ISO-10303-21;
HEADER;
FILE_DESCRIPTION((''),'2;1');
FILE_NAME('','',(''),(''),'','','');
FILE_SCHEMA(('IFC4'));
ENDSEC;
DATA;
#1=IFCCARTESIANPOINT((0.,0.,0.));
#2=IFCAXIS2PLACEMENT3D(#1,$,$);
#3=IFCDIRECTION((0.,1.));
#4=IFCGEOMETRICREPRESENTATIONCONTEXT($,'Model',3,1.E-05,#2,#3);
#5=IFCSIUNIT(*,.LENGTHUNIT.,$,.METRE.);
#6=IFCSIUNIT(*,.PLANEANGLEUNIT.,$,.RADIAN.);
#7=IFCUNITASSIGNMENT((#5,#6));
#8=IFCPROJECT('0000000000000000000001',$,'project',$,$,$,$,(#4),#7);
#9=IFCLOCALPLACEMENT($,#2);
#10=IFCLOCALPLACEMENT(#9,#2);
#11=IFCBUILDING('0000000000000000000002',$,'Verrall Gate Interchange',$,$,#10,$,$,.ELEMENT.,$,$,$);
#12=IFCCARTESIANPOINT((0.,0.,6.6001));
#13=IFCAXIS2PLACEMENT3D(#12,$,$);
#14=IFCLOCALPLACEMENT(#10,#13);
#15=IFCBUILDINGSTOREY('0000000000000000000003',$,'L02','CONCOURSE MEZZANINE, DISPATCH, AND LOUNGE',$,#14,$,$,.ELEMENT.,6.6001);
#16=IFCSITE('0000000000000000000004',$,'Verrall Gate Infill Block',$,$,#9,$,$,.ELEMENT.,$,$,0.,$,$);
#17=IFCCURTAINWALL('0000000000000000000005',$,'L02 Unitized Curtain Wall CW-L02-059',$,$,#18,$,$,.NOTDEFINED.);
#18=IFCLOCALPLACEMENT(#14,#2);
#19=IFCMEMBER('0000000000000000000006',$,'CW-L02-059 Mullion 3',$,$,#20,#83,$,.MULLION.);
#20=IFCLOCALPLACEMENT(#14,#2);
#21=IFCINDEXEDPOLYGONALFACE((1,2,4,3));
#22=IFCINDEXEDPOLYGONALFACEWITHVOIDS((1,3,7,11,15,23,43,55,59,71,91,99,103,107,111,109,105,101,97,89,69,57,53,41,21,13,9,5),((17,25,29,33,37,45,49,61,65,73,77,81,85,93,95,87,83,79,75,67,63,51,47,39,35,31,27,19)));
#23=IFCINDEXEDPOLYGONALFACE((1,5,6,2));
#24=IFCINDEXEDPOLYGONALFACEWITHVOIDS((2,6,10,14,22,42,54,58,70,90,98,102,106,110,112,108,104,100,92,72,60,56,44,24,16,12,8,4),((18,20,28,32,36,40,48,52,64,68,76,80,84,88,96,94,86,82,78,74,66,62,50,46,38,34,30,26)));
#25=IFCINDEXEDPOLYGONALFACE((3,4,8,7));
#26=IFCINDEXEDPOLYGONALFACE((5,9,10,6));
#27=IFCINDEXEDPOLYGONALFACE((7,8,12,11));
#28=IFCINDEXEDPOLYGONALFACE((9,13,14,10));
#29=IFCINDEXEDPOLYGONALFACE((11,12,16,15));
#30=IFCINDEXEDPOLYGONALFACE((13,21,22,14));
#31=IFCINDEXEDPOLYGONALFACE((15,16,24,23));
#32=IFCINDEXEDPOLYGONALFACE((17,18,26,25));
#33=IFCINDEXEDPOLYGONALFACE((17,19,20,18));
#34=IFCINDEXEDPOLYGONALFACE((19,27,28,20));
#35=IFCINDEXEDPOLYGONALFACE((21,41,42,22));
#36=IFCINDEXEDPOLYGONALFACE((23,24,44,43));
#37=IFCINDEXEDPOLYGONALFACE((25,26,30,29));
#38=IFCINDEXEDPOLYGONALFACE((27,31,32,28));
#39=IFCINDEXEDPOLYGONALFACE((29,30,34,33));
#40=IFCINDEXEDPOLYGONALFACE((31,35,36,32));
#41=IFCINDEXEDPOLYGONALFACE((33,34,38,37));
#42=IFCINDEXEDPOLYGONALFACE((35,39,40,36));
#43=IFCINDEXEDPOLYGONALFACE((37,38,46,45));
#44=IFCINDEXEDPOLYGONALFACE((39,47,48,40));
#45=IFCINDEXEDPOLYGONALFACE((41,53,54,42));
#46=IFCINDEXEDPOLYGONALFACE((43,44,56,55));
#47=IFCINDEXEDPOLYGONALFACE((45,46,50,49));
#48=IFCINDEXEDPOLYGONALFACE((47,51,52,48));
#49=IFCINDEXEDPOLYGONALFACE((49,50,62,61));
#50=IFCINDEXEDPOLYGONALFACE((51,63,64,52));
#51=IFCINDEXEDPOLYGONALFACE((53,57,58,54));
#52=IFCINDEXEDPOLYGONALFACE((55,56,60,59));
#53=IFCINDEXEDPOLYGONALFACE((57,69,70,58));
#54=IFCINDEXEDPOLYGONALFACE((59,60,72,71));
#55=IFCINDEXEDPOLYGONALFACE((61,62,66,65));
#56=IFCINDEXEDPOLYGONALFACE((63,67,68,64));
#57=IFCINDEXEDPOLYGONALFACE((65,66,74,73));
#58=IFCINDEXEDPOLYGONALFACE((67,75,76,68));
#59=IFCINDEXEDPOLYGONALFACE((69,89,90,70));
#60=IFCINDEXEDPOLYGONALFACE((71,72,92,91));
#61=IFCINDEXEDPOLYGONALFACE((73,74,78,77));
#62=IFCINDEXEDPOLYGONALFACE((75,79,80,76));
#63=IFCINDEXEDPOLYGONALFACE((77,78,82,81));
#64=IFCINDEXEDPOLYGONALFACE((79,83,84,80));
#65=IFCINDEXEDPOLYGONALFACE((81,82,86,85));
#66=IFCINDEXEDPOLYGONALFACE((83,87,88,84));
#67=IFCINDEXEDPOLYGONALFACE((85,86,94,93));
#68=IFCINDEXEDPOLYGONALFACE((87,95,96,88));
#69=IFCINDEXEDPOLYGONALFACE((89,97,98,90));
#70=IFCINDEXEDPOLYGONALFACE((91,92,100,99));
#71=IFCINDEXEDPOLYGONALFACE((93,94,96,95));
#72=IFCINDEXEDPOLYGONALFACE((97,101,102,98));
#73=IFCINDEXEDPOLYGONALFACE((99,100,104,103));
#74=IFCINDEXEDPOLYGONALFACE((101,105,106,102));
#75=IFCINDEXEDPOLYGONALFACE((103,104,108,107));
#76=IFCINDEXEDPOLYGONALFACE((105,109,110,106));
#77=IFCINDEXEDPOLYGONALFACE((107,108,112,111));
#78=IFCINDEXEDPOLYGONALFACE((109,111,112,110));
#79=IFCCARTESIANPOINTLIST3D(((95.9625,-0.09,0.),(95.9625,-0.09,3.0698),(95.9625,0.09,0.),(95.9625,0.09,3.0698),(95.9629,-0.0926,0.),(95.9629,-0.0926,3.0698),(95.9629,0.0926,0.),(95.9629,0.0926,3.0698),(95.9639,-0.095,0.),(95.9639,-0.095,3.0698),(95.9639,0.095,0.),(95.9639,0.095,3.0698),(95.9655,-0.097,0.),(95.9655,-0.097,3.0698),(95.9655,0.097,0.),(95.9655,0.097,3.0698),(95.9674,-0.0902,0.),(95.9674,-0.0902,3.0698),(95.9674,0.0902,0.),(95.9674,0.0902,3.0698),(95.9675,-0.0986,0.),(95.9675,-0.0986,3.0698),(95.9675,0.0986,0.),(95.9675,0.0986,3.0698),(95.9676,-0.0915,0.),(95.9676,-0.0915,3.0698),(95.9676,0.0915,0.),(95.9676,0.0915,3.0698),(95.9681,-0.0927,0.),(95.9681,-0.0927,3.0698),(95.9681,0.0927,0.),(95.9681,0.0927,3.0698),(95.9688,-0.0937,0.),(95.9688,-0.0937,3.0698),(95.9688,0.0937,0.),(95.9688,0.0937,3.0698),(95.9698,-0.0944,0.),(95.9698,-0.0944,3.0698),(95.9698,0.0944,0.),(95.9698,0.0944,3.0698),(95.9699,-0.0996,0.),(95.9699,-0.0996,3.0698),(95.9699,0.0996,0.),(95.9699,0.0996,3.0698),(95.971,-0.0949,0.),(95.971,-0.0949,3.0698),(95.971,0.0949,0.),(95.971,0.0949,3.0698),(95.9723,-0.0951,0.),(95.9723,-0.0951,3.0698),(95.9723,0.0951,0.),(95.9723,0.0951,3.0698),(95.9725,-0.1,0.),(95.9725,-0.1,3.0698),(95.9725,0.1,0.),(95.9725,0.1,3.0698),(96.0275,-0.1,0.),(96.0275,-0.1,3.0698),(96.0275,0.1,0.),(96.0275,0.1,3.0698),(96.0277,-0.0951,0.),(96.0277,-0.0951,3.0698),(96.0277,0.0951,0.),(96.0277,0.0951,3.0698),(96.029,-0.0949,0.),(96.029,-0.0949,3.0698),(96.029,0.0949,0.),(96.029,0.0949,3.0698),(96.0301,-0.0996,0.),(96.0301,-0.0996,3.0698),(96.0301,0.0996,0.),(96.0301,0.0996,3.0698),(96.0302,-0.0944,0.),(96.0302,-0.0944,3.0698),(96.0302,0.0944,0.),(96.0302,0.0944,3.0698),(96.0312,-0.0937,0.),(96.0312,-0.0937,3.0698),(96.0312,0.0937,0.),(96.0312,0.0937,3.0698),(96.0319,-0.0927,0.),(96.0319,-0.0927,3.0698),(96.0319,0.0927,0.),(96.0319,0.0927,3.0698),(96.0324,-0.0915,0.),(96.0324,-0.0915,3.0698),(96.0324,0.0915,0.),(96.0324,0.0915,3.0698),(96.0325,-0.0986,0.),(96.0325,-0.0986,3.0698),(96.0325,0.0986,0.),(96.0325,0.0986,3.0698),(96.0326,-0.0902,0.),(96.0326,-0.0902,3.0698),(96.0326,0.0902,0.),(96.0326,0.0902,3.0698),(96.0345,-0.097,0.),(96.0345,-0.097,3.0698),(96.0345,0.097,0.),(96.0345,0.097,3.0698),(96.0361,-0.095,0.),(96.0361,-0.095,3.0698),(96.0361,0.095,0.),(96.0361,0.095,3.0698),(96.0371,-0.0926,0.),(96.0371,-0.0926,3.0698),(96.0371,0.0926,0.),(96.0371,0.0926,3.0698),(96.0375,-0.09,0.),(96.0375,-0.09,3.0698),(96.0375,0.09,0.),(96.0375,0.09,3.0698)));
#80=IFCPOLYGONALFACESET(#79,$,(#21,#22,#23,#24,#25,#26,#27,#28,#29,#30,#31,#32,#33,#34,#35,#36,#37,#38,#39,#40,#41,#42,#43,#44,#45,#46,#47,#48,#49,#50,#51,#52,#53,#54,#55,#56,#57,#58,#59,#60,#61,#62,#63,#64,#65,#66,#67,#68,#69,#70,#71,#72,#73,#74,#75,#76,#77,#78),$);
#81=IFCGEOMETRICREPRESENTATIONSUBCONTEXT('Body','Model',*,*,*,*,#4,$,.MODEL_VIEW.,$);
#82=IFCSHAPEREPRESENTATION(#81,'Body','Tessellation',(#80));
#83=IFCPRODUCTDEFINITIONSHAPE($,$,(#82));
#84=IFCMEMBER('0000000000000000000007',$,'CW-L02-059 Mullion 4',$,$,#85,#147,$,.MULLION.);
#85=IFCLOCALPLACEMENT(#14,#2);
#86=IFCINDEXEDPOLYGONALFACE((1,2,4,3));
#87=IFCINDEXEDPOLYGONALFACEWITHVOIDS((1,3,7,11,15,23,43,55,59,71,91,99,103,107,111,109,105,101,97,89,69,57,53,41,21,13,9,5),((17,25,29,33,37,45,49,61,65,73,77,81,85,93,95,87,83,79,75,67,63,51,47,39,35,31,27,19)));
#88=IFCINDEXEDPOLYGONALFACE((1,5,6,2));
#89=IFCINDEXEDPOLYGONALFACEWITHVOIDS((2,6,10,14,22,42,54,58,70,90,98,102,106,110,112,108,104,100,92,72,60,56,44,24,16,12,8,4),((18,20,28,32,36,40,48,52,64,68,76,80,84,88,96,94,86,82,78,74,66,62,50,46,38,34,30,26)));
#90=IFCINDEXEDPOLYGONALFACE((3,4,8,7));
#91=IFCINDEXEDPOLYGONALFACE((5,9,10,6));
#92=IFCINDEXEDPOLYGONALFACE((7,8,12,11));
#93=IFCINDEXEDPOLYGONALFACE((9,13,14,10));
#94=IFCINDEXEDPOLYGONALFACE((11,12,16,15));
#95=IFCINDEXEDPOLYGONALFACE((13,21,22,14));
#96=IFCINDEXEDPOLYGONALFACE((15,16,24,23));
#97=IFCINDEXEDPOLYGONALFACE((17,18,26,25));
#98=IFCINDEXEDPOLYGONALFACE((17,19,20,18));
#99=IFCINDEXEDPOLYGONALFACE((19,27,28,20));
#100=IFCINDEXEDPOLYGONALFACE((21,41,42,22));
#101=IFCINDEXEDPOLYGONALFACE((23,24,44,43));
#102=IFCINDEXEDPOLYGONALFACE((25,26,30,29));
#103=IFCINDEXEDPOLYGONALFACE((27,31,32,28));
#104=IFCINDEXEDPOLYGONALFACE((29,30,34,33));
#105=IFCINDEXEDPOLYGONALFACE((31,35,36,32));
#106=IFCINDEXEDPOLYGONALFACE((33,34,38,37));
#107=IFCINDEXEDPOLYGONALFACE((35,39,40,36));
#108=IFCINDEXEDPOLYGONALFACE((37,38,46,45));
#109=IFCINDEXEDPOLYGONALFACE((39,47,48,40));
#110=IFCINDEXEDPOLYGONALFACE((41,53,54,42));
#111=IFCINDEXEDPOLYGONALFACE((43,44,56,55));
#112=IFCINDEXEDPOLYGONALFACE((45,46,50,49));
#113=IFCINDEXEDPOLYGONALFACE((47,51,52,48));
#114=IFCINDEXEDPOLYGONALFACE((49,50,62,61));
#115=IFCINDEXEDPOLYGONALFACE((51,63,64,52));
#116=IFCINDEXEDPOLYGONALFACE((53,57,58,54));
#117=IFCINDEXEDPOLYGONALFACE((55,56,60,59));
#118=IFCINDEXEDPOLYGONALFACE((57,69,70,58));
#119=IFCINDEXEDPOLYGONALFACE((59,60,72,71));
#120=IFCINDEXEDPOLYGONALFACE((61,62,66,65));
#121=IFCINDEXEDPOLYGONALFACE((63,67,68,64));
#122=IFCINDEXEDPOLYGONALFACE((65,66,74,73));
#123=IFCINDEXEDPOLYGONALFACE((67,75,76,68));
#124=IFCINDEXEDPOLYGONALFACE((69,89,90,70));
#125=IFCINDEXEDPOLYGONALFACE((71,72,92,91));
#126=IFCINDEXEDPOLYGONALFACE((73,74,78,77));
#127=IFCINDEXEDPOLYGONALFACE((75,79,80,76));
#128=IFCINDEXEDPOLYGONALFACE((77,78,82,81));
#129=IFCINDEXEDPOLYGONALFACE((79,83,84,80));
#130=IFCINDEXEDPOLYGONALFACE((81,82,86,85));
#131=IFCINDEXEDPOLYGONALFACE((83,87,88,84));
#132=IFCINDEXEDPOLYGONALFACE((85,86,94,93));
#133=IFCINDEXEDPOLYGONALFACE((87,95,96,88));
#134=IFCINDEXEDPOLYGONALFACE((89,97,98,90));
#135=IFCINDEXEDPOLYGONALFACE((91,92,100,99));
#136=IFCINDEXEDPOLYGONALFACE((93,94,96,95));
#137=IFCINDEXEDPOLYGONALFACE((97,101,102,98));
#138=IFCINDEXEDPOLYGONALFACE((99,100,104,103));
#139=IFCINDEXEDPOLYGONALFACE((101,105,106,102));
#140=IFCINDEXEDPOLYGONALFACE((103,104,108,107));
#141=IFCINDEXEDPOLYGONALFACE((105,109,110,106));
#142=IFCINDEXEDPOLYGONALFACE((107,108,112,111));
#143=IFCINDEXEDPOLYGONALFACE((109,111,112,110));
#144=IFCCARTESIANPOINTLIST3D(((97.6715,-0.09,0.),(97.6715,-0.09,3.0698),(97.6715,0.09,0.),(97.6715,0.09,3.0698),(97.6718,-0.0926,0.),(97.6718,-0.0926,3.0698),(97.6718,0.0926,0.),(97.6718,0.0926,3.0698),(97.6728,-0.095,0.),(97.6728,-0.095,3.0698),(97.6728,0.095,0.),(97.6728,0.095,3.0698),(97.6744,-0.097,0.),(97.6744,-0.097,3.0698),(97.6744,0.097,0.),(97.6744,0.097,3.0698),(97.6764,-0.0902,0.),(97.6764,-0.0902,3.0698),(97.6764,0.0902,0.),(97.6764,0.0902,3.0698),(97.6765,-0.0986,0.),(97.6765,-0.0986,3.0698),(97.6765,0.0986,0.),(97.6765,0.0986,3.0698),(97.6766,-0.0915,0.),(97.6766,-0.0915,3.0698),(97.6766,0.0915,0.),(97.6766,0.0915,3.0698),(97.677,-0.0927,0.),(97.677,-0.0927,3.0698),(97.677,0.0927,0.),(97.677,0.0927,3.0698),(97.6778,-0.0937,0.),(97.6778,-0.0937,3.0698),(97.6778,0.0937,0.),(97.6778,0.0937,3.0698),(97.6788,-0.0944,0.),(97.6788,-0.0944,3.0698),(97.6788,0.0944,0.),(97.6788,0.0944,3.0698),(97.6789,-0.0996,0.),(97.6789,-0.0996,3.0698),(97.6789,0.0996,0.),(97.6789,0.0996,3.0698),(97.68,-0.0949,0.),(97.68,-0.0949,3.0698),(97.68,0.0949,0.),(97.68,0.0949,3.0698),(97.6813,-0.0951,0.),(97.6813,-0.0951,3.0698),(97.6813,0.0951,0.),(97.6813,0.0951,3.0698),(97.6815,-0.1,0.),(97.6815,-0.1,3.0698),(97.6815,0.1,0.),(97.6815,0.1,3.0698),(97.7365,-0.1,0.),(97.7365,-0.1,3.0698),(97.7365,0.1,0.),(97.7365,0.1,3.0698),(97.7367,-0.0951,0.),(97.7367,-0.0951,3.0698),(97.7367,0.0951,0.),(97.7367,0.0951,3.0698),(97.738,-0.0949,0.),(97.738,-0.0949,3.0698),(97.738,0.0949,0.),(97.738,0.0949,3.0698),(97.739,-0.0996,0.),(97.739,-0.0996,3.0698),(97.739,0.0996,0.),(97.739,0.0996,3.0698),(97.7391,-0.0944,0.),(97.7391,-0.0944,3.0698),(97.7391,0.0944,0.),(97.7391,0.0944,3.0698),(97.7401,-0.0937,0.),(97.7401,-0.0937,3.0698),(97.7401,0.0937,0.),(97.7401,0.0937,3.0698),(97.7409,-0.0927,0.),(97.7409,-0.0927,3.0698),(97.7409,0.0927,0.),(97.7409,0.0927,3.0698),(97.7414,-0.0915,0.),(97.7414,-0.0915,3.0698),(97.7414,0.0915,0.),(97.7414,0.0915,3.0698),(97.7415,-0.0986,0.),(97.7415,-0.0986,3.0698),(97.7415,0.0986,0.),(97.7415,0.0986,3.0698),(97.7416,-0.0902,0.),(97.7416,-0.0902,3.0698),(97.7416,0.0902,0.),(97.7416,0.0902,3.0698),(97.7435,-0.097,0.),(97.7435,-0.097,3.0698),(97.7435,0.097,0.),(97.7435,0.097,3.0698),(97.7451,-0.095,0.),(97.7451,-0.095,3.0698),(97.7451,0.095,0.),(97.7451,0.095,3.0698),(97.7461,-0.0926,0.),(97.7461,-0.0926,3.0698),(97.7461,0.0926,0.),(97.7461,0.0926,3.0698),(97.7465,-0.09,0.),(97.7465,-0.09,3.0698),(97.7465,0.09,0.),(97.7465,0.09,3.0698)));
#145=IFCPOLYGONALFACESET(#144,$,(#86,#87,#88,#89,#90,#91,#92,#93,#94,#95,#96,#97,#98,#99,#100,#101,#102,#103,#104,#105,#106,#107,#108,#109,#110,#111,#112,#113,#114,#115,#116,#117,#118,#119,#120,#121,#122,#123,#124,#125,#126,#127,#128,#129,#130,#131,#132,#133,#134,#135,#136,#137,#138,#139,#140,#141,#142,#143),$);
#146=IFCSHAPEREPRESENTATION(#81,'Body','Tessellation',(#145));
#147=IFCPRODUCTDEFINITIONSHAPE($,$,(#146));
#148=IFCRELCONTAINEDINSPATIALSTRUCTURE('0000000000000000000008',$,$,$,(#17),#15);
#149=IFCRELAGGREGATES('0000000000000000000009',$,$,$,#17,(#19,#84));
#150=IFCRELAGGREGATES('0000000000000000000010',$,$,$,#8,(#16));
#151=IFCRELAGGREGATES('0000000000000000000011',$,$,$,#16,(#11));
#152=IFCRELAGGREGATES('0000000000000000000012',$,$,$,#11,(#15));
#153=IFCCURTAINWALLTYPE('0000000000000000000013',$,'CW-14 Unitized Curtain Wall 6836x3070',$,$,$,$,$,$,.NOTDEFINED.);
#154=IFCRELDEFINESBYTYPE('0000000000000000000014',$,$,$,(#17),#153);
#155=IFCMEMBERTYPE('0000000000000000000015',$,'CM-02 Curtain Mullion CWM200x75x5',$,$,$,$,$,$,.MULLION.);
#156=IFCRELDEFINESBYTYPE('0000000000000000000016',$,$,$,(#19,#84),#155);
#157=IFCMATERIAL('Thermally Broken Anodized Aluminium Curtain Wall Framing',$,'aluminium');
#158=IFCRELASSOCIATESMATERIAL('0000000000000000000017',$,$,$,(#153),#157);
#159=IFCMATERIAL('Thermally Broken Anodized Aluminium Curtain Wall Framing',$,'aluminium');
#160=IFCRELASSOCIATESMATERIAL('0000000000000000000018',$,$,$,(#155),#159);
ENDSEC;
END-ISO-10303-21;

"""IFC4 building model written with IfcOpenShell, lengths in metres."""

from ifc_helpers import new_model, si_unit, direction, frame, origin, origin_2d, place, context, subcontext, project, spatial, hollow_rectangle, extrude, material, material_profile, profile_set, type_object, element, aggregate, save


model = new_model("IFC4")

# Units and contexts
model_context = context("Model", 3, precision=1e-05, world=origin(), true_north=direction((0.0, 1.0)))
body_context = subcontext(model_context, "Body", "Model", "MODEL_VIEW")
ifc_project = project(units=[si_unit("LENGTHUNIT", "METRE"), si_unit("PLANEANGLEUNIT", "RADIAN")], contexts=[model_context])

# Site, building, storey
site_placement = place(None, origin())
site = spatial("IfcSite", under=ifc_project, at=site_placement, Name="Verrall Gate Infill Block", CompositionType="ELEMENT", RefElevation=0.0)
building_placement = place(site_placement, origin())
building = spatial("IfcBuilding", under=site, at=building_placement, Name="Verrall Gate Interchange", CompositionType="ELEMENT")
storey_placement = place(building_placement, frame((0.0, 0.0, 6.6001)))
storey = spatial("IfcBuildingStorey", under=building, at=storey_placement, Name="L02", Description="CONCOURSE MEZZANINE, DISPATCH, AND LOUNGE", CompositionType="ELEMENT", Elevation=6.6001)

# Shared definitions
ifc_material_1 = material(Name="Thermally Broken Anodized Aluminium Curtain Wall Framing", Category="aluminium")
curtain_wall_type = type_object("IfcCurtainWallType", Name="CW-14 Unitized Curtain Wall 6836x3070", PredefinedType="NOTDEFINED", material=ifc_material_1)

# Curtain wall, members
curtain_wall_1_placement = place(storey_placement, origin())
curtain_wall_1 = element("IfcCurtainWall", 1, at=curtain_wall_1_placement, inside=storey, type_object=curtain_wall_type, Name="L02 Unitized Curtain Wall CW-L02-059", PredefinedType="NOTDEFINED")
ifc_material_2 = material(Name="Thermally Broken Anodized Aluminium Curtain Wall Framing", Category="aluminium")
ifc_material_profile_1 = material_profile(ifc_material_2, hollow_rectangle(XDim=0.075, YDim=0.2, WallThickness=0.0049, InnerFilletRadius=0.0049, OuterFilletRadius=0.01, at=origin_2d()), Name="CWM200x75x5")
ifc_profile_set_1 = profile_set([ifc_material_profile_1], Name="Thermally Broken Anodized Aluminium Curtain Wall Framing")
member_type_1 = type_object("IfcMemberType", Name="CM-02 Curtain Mullion CWM200x75x5", PredefinedType="MULLION", material=ifc_profile_set_1)
member_1_placement = place(storey_placement, frame((96.0, 0.0, 0.0), z_axis=(0.0, 0.0, 1.0), x_axis=(1.0, 0.0, 0.0)))
member_1 = element("IfcMember", 2, at=member_1_placement, type_object=member_type_1, Name="CW-L02-059 Mullion 3", PredefinedType="MULLION", context=body_context, shape_type="SweptSolid", body=[
    extrude(hollow_rectangle(XDim=0.075, YDim=0.2, WallThickness=0.0049, InnerFilletRadius=0.0049, OuterFilletRadius=0.01, at=origin_2d()), origin(), (0.0, 0.0, 1.0), 3.0698),
])
member_2_placement = place(storey_placement, frame((97.709, 0.0, 0.0), z_axis=(0.0, 0.0, 1.0), x_axis=(1.0, 0.0, 0.0)))
member_2 = element("IfcMember", 3, at=member_2_placement, type_object=member_type_1, Name="CW-L02-059 Mullion 4", PredefinedType="MULLION", context=body_context, shape_type="SweptSolid", body=[
    extrude(hollow_rectangle(XDim=0.075, YDim=0.2, WallThickness=0.0049, InnerFilletRadius=0.0049, OuterFilletRadius=0.01, at=origin_2d()), origin(), (0.0, 0.0, 1.0), 3.0698),
])

aggregate(curtain_wall_1, [member_1, member_2])

save(model, "model.ifc")
